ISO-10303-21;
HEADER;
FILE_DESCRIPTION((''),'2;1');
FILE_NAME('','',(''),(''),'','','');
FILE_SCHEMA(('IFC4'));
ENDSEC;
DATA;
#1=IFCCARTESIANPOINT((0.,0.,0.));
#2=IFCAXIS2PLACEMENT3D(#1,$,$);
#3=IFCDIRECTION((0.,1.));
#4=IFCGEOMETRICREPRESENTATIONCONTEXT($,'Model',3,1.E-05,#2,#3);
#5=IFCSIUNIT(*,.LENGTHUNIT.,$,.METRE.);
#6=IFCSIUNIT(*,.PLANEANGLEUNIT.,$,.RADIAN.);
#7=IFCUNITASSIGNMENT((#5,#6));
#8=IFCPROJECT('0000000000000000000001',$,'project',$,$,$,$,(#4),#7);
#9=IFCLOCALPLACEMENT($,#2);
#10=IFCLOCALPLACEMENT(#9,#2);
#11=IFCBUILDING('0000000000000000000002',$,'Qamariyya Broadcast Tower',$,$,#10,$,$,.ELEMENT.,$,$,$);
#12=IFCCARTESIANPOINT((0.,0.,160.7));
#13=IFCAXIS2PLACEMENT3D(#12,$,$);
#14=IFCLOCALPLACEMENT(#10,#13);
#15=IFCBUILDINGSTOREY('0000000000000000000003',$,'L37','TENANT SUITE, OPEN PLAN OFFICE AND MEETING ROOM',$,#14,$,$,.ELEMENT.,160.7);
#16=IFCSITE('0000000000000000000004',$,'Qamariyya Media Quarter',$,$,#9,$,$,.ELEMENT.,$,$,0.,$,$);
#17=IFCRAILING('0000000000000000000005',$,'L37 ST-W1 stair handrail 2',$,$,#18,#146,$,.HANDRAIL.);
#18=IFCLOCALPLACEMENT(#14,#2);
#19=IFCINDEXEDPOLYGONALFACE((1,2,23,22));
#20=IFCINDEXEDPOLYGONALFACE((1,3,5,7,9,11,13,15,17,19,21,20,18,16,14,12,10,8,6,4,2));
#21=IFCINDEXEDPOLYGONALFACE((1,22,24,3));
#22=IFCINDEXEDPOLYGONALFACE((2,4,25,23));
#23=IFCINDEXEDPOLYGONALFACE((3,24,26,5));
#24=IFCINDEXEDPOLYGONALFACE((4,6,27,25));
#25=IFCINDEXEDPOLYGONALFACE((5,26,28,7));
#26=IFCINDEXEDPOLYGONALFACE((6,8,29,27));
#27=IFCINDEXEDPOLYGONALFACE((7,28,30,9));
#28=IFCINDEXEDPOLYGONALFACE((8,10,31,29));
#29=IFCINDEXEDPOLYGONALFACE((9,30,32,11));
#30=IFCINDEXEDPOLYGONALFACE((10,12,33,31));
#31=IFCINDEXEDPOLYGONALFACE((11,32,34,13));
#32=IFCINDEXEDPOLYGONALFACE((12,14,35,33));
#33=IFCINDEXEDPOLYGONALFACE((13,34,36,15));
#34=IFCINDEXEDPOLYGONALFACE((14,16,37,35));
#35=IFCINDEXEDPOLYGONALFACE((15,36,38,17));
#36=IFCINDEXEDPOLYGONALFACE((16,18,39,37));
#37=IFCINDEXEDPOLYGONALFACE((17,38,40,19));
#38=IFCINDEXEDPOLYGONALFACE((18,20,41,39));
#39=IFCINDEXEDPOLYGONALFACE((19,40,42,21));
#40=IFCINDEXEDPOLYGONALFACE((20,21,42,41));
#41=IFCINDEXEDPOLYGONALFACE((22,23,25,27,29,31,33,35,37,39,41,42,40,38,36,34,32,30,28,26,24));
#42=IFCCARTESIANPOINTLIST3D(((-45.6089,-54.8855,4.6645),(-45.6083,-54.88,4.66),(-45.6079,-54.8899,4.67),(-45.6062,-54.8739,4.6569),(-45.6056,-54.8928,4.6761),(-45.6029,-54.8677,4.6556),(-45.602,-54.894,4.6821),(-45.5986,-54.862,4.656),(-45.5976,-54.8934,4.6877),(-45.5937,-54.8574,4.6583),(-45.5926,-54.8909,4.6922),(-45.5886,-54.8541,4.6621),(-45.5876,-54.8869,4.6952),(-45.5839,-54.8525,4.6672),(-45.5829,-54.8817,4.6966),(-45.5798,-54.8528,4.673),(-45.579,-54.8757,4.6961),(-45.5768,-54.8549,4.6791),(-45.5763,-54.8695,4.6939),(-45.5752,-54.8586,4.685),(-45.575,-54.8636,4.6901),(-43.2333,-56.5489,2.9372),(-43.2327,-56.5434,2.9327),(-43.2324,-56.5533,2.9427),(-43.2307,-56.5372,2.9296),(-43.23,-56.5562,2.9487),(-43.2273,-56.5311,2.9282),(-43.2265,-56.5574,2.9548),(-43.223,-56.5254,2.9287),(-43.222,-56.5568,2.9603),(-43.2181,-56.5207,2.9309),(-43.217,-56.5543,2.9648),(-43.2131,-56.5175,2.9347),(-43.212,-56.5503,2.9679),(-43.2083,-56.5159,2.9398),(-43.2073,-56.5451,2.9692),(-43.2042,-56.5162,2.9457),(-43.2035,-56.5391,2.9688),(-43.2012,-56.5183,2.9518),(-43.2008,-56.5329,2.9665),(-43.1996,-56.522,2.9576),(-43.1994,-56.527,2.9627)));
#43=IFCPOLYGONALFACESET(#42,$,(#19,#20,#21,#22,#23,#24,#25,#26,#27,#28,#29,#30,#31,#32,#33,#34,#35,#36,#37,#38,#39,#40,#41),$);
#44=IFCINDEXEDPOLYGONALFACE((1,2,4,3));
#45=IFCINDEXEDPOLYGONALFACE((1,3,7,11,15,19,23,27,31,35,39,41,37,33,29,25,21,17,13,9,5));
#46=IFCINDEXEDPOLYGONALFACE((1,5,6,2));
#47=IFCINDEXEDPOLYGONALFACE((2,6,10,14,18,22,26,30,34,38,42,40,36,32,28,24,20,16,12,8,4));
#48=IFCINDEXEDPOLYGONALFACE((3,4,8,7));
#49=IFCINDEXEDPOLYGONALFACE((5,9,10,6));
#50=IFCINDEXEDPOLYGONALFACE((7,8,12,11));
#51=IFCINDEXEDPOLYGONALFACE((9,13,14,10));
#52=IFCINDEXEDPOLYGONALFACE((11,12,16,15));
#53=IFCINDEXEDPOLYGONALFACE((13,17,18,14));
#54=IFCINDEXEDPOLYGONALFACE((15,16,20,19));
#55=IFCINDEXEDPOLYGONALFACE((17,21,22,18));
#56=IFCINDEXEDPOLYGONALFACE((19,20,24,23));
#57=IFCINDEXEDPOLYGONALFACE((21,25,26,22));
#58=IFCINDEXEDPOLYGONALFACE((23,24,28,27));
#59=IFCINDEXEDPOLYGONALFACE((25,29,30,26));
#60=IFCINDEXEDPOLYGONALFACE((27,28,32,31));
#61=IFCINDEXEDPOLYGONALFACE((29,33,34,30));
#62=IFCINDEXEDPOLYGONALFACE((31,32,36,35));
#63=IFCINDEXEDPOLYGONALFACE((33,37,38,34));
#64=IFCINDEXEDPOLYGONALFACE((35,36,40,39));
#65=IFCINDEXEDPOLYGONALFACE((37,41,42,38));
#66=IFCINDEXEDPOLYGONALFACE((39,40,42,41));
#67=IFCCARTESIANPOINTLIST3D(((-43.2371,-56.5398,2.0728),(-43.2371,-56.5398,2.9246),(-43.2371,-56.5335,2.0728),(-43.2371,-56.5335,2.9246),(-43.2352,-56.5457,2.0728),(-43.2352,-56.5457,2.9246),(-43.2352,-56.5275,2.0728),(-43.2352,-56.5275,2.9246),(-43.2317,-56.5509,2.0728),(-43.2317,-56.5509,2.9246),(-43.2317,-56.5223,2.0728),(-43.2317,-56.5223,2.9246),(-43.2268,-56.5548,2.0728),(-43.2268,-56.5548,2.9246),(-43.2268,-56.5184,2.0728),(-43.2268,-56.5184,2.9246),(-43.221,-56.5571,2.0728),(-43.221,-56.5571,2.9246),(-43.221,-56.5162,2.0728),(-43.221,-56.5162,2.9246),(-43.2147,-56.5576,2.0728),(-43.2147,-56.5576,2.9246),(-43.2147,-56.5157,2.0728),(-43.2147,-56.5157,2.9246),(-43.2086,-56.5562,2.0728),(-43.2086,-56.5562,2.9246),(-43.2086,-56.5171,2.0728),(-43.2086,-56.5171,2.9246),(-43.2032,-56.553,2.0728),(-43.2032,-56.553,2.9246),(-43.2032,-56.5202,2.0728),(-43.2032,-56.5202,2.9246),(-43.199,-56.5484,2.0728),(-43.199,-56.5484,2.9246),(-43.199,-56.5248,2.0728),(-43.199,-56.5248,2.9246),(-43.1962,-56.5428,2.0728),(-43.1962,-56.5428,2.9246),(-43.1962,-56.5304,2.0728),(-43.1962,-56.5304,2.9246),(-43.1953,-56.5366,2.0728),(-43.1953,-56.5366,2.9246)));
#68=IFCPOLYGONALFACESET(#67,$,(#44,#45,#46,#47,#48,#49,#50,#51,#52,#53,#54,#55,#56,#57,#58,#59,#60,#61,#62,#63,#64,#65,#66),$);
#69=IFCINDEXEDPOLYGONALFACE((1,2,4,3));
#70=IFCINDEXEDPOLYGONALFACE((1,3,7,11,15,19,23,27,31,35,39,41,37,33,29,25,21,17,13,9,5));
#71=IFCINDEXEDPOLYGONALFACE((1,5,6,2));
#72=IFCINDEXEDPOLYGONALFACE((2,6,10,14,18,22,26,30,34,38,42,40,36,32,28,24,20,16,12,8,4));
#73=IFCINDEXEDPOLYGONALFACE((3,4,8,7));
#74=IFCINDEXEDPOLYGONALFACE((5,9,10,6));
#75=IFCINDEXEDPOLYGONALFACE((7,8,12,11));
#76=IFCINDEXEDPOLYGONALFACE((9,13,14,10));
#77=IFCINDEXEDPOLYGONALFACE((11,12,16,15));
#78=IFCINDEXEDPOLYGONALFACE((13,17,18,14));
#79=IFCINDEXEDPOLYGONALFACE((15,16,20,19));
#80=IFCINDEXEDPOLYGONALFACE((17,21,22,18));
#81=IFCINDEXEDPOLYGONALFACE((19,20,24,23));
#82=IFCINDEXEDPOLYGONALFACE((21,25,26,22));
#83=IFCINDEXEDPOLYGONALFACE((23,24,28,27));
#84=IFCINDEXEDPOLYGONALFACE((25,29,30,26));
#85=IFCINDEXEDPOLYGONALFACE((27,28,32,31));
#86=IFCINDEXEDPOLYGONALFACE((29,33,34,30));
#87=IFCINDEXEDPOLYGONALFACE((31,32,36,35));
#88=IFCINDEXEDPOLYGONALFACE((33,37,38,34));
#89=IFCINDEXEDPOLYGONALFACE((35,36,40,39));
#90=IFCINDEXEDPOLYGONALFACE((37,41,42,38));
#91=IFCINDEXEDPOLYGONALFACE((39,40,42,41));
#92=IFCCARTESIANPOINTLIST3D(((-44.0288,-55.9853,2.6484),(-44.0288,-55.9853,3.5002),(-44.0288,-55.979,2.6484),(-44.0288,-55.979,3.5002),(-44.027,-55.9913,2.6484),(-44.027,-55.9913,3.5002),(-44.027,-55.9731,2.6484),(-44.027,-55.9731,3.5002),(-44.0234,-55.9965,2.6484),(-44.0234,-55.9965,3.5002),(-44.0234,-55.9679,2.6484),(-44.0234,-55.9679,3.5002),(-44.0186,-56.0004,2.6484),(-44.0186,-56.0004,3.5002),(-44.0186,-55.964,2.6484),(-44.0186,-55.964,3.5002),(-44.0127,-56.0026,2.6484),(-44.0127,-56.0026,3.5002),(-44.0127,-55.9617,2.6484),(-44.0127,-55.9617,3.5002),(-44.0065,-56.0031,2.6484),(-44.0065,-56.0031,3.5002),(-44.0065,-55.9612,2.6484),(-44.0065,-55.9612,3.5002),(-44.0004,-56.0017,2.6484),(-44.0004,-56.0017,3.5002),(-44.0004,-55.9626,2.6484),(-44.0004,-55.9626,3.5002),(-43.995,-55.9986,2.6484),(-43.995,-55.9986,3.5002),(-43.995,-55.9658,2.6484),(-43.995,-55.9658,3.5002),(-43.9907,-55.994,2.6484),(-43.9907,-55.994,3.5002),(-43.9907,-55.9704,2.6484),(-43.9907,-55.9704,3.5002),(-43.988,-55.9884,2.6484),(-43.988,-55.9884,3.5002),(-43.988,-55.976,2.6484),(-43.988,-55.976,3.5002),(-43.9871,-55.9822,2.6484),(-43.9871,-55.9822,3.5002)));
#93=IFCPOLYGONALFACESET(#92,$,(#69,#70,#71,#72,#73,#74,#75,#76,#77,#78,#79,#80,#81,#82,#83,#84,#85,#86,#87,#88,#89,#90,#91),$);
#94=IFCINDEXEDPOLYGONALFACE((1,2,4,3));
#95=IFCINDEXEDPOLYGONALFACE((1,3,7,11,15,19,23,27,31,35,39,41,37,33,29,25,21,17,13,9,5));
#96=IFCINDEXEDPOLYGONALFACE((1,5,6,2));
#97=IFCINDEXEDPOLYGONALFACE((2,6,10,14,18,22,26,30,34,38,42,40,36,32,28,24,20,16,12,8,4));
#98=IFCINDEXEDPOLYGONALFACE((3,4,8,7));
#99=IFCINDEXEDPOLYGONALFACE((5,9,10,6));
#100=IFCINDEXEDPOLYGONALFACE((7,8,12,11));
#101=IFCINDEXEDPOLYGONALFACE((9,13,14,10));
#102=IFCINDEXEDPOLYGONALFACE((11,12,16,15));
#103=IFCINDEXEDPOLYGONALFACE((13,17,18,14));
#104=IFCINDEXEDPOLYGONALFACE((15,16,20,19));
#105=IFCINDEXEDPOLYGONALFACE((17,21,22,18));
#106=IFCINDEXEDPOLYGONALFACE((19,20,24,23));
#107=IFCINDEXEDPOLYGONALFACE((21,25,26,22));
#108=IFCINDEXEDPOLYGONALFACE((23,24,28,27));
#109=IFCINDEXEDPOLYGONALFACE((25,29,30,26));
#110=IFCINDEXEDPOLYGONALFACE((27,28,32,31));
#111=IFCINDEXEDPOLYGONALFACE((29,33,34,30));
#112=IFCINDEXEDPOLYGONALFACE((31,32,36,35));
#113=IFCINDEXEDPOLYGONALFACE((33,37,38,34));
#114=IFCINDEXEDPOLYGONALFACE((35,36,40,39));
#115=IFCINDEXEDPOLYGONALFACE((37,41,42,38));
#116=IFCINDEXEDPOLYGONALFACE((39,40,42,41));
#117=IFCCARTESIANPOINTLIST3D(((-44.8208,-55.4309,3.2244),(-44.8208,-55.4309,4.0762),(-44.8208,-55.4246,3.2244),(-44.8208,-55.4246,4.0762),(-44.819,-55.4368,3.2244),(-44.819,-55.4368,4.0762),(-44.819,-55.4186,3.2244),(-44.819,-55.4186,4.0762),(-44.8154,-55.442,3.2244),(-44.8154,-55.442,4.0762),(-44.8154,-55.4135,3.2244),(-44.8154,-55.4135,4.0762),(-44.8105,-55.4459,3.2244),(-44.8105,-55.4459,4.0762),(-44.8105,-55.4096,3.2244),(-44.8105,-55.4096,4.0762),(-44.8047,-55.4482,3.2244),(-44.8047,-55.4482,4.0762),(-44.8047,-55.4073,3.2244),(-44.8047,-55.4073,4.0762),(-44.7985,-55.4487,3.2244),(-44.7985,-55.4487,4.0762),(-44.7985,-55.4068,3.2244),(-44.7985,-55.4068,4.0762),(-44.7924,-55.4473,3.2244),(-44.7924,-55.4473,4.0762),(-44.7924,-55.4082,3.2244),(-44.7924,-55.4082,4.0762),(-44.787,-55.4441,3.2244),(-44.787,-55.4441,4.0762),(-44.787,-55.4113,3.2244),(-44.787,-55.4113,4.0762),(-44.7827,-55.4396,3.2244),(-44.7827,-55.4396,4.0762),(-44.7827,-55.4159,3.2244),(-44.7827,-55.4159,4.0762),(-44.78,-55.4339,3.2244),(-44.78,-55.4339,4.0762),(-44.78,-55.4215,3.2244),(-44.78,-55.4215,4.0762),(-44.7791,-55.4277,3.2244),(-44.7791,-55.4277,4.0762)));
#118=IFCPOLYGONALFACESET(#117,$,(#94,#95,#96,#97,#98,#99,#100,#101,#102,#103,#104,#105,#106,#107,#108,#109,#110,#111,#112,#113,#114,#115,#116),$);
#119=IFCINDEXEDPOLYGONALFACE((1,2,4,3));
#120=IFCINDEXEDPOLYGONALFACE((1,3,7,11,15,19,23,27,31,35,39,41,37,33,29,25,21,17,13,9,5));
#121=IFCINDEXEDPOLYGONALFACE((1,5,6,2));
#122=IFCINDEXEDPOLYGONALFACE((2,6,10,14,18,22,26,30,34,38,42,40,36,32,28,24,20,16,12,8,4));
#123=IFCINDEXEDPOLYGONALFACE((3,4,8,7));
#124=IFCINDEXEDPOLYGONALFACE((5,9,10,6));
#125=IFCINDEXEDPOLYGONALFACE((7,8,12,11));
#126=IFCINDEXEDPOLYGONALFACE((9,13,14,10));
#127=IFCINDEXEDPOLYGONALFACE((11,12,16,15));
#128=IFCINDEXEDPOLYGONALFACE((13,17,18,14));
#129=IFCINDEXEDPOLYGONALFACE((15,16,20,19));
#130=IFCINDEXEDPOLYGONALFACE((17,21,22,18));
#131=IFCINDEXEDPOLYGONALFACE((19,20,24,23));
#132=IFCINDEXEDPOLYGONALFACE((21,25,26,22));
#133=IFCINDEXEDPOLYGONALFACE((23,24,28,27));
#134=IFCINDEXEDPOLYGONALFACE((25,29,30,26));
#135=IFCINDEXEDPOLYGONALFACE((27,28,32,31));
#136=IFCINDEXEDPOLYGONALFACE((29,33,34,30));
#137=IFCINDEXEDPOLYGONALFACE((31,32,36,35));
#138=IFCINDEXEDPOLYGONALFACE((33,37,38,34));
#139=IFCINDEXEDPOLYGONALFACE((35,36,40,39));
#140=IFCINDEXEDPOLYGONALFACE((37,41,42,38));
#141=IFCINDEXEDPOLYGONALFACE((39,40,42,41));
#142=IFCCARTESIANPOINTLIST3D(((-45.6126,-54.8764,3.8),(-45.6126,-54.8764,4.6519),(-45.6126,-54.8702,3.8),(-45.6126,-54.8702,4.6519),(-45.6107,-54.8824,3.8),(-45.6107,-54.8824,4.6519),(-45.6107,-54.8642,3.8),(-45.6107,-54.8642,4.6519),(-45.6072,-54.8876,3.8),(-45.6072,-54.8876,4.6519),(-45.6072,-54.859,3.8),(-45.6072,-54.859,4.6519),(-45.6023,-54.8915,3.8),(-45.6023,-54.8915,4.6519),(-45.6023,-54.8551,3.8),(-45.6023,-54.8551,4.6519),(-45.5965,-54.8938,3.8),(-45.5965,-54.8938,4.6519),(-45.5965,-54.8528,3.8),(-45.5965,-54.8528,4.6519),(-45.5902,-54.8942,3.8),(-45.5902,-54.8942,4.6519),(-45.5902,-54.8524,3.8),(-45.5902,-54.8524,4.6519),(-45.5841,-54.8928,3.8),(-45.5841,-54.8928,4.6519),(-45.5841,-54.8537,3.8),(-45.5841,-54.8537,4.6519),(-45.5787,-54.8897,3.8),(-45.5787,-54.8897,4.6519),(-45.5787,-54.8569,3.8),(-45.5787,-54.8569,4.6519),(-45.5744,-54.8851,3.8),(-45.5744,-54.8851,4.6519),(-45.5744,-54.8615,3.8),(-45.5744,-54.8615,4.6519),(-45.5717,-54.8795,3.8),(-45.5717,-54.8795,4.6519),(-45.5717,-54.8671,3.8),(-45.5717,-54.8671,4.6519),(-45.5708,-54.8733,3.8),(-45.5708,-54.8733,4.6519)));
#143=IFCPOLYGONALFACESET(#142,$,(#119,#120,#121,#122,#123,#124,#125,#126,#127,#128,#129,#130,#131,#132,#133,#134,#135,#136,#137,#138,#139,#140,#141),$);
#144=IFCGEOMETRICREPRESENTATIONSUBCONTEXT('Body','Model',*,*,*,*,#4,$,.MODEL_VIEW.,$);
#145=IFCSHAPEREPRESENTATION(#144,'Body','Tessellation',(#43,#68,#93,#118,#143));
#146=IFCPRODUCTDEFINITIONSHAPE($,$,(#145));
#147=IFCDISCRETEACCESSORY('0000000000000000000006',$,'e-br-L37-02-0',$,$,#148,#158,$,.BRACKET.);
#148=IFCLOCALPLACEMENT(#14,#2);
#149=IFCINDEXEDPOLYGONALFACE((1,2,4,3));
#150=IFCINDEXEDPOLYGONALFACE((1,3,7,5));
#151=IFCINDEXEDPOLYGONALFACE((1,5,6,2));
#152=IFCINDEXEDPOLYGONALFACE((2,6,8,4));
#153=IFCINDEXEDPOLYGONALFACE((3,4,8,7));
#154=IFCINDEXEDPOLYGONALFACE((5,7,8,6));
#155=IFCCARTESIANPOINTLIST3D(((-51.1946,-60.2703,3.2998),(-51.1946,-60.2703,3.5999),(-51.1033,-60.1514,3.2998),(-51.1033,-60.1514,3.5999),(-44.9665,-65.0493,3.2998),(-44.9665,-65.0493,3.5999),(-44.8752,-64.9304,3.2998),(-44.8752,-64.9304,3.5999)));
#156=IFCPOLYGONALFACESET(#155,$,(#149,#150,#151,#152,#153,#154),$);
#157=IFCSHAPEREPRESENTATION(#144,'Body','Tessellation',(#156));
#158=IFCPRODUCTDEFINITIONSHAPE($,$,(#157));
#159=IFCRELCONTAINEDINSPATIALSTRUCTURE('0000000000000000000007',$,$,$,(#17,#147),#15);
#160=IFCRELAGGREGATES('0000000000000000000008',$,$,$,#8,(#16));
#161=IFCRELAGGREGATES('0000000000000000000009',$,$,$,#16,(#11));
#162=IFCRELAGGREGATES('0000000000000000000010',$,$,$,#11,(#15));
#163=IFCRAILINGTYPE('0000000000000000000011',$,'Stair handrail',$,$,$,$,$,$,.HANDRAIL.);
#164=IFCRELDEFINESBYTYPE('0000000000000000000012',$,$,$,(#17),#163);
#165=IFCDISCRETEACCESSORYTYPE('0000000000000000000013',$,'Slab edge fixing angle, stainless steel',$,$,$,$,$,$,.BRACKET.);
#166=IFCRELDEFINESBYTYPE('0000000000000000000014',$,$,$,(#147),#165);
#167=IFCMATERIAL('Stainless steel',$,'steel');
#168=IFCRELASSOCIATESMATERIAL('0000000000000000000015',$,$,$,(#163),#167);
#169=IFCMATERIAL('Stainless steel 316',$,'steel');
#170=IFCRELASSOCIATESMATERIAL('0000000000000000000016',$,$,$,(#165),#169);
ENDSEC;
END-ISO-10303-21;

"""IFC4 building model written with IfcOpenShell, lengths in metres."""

from ifc_helpers import new_model, si_unit, direction, frame, origin, origin_2d, place, context, subcontext, project, spatial, rectangle, circle, extrude, material, type_object, element, save


model = new_model("IFC4")

# Units and contexts
model_context = context("Model", 3, precision=1e-05, world=origin(), true_north=direction((0.0, 1.0)))
body_context = subcontext(model_context, "Body", "Model", "MODEL_VIEW")
ifc_project = project(units=[si_unit("LENGTHUNIT", "METRE"), si_unit("PLANEANGLEUNIT", "RADIAN")], contexts=[model_context])

# Site, building, storey
site_placement = place(None, origin())
site = spatial("IfcSite", under=ifc_project, at=site_placement, Name="Qamariyya Media Quarter", CompositionType="ELEMENT", RefElevation=0.0)
building_placement = place(site_placement, origin())
building = spatial("IfcBuilding", under=site, at=building_placement, Name="Qamariyya Broadcast Tower", CompositionType="ELEMENT")
storey_placement = place(building_placement, frame((0.0, 0.0, 160.7)))
storey = spatial("IfcBuildingStorey", under=building, at=storey_placement, Name="L37", Description="TENANT SUITE, OPEN PLAN OFFICE AND MEETING ROOM", CompositionType="ELEMENT", Elevation=160.7)

# Railing
ifc_material_1 = material(Name="Stainless steel", Category="steel")
railing_type_1 = type_object("IfcRailingType", Name="Stair handrail", PredefinedType="HANDRAIL", material=ifc_material_1)
railing_1_placement = place(storey_placement, frame((-43.2163, -56.5366, 2.0728)))
element("IfcRailing", 1, at=railing_1_placement, inside=storey, type_object=railing_type_1, Name="L37 ST-W1 stair handrail 2", PredefinedType="HANDRAIL", context=body_context, shape_type="SweptSolid", body=[
    extrude(circle(Radius=0.0239, at=origin_2d()), frame((0.0, 0.0, 0.876), z_axis=(-0.70377, 0.492784, 0.511734), x_axis=(-0.573575, -0.819153, 0.0)), (0.0, 0.0, 1.0), 3.3755),
    extrude(circle(Radius=0.021, at=origin_2d()), origin(), (0.0, 0.0, 1.0), 0.8518),
    extrude(circle(Radius=0.021, at=origin_2d()), frame((-0.7917, 0.5544, 0.5757)), (0.0, 0.0, 1.0), 0.8518),
    extrude(circle(Radius=0.021, at=origin_2d()), frame((-1.5837, 1.1089, 1.1516)), (0.0, 0.0, 1.0), 0.8518),
    extrude(circle(Radius=0.021, at=origin_2d()), frame((-2.3755, 1.6633, 1.7273)), (0.0, 0.0, 1.0), 0.8518),
])

# Discrete accessory
ifc_material_2 = material(Name="Stainless steel 316", Category="steel")
discrete_accessory_type = type_object("IfcDiscreteAccessoryType", Name="Slab edge fixing angle, stainless steel", PredefinedType="BRACKET", material=ifc_material_2)
discrete_accessory_placement = place(storey_placement, frame((-48.0349, -62.6003, 3.2998), z_axis=(0.0, 0.0, 1.0), x_axis=(0.793353, -0.608761, 0.0)))
element("IfcDiscreteAccessory", 2, at=discrete_accessory_placement, inside=storey, type_object=discrete_accessory_type, Name="e-br-L37-02-0", PredefinedType="BRACKET", context=body_context, shape_type="SweptSolid", body=[
    extrude(rectangle(XDim=7.8503, YDim=0.1499, at=origin_2d()), origin(), (0.0, 0.0, 1.0), 0.3),
])

save(model, "model.ifc")
